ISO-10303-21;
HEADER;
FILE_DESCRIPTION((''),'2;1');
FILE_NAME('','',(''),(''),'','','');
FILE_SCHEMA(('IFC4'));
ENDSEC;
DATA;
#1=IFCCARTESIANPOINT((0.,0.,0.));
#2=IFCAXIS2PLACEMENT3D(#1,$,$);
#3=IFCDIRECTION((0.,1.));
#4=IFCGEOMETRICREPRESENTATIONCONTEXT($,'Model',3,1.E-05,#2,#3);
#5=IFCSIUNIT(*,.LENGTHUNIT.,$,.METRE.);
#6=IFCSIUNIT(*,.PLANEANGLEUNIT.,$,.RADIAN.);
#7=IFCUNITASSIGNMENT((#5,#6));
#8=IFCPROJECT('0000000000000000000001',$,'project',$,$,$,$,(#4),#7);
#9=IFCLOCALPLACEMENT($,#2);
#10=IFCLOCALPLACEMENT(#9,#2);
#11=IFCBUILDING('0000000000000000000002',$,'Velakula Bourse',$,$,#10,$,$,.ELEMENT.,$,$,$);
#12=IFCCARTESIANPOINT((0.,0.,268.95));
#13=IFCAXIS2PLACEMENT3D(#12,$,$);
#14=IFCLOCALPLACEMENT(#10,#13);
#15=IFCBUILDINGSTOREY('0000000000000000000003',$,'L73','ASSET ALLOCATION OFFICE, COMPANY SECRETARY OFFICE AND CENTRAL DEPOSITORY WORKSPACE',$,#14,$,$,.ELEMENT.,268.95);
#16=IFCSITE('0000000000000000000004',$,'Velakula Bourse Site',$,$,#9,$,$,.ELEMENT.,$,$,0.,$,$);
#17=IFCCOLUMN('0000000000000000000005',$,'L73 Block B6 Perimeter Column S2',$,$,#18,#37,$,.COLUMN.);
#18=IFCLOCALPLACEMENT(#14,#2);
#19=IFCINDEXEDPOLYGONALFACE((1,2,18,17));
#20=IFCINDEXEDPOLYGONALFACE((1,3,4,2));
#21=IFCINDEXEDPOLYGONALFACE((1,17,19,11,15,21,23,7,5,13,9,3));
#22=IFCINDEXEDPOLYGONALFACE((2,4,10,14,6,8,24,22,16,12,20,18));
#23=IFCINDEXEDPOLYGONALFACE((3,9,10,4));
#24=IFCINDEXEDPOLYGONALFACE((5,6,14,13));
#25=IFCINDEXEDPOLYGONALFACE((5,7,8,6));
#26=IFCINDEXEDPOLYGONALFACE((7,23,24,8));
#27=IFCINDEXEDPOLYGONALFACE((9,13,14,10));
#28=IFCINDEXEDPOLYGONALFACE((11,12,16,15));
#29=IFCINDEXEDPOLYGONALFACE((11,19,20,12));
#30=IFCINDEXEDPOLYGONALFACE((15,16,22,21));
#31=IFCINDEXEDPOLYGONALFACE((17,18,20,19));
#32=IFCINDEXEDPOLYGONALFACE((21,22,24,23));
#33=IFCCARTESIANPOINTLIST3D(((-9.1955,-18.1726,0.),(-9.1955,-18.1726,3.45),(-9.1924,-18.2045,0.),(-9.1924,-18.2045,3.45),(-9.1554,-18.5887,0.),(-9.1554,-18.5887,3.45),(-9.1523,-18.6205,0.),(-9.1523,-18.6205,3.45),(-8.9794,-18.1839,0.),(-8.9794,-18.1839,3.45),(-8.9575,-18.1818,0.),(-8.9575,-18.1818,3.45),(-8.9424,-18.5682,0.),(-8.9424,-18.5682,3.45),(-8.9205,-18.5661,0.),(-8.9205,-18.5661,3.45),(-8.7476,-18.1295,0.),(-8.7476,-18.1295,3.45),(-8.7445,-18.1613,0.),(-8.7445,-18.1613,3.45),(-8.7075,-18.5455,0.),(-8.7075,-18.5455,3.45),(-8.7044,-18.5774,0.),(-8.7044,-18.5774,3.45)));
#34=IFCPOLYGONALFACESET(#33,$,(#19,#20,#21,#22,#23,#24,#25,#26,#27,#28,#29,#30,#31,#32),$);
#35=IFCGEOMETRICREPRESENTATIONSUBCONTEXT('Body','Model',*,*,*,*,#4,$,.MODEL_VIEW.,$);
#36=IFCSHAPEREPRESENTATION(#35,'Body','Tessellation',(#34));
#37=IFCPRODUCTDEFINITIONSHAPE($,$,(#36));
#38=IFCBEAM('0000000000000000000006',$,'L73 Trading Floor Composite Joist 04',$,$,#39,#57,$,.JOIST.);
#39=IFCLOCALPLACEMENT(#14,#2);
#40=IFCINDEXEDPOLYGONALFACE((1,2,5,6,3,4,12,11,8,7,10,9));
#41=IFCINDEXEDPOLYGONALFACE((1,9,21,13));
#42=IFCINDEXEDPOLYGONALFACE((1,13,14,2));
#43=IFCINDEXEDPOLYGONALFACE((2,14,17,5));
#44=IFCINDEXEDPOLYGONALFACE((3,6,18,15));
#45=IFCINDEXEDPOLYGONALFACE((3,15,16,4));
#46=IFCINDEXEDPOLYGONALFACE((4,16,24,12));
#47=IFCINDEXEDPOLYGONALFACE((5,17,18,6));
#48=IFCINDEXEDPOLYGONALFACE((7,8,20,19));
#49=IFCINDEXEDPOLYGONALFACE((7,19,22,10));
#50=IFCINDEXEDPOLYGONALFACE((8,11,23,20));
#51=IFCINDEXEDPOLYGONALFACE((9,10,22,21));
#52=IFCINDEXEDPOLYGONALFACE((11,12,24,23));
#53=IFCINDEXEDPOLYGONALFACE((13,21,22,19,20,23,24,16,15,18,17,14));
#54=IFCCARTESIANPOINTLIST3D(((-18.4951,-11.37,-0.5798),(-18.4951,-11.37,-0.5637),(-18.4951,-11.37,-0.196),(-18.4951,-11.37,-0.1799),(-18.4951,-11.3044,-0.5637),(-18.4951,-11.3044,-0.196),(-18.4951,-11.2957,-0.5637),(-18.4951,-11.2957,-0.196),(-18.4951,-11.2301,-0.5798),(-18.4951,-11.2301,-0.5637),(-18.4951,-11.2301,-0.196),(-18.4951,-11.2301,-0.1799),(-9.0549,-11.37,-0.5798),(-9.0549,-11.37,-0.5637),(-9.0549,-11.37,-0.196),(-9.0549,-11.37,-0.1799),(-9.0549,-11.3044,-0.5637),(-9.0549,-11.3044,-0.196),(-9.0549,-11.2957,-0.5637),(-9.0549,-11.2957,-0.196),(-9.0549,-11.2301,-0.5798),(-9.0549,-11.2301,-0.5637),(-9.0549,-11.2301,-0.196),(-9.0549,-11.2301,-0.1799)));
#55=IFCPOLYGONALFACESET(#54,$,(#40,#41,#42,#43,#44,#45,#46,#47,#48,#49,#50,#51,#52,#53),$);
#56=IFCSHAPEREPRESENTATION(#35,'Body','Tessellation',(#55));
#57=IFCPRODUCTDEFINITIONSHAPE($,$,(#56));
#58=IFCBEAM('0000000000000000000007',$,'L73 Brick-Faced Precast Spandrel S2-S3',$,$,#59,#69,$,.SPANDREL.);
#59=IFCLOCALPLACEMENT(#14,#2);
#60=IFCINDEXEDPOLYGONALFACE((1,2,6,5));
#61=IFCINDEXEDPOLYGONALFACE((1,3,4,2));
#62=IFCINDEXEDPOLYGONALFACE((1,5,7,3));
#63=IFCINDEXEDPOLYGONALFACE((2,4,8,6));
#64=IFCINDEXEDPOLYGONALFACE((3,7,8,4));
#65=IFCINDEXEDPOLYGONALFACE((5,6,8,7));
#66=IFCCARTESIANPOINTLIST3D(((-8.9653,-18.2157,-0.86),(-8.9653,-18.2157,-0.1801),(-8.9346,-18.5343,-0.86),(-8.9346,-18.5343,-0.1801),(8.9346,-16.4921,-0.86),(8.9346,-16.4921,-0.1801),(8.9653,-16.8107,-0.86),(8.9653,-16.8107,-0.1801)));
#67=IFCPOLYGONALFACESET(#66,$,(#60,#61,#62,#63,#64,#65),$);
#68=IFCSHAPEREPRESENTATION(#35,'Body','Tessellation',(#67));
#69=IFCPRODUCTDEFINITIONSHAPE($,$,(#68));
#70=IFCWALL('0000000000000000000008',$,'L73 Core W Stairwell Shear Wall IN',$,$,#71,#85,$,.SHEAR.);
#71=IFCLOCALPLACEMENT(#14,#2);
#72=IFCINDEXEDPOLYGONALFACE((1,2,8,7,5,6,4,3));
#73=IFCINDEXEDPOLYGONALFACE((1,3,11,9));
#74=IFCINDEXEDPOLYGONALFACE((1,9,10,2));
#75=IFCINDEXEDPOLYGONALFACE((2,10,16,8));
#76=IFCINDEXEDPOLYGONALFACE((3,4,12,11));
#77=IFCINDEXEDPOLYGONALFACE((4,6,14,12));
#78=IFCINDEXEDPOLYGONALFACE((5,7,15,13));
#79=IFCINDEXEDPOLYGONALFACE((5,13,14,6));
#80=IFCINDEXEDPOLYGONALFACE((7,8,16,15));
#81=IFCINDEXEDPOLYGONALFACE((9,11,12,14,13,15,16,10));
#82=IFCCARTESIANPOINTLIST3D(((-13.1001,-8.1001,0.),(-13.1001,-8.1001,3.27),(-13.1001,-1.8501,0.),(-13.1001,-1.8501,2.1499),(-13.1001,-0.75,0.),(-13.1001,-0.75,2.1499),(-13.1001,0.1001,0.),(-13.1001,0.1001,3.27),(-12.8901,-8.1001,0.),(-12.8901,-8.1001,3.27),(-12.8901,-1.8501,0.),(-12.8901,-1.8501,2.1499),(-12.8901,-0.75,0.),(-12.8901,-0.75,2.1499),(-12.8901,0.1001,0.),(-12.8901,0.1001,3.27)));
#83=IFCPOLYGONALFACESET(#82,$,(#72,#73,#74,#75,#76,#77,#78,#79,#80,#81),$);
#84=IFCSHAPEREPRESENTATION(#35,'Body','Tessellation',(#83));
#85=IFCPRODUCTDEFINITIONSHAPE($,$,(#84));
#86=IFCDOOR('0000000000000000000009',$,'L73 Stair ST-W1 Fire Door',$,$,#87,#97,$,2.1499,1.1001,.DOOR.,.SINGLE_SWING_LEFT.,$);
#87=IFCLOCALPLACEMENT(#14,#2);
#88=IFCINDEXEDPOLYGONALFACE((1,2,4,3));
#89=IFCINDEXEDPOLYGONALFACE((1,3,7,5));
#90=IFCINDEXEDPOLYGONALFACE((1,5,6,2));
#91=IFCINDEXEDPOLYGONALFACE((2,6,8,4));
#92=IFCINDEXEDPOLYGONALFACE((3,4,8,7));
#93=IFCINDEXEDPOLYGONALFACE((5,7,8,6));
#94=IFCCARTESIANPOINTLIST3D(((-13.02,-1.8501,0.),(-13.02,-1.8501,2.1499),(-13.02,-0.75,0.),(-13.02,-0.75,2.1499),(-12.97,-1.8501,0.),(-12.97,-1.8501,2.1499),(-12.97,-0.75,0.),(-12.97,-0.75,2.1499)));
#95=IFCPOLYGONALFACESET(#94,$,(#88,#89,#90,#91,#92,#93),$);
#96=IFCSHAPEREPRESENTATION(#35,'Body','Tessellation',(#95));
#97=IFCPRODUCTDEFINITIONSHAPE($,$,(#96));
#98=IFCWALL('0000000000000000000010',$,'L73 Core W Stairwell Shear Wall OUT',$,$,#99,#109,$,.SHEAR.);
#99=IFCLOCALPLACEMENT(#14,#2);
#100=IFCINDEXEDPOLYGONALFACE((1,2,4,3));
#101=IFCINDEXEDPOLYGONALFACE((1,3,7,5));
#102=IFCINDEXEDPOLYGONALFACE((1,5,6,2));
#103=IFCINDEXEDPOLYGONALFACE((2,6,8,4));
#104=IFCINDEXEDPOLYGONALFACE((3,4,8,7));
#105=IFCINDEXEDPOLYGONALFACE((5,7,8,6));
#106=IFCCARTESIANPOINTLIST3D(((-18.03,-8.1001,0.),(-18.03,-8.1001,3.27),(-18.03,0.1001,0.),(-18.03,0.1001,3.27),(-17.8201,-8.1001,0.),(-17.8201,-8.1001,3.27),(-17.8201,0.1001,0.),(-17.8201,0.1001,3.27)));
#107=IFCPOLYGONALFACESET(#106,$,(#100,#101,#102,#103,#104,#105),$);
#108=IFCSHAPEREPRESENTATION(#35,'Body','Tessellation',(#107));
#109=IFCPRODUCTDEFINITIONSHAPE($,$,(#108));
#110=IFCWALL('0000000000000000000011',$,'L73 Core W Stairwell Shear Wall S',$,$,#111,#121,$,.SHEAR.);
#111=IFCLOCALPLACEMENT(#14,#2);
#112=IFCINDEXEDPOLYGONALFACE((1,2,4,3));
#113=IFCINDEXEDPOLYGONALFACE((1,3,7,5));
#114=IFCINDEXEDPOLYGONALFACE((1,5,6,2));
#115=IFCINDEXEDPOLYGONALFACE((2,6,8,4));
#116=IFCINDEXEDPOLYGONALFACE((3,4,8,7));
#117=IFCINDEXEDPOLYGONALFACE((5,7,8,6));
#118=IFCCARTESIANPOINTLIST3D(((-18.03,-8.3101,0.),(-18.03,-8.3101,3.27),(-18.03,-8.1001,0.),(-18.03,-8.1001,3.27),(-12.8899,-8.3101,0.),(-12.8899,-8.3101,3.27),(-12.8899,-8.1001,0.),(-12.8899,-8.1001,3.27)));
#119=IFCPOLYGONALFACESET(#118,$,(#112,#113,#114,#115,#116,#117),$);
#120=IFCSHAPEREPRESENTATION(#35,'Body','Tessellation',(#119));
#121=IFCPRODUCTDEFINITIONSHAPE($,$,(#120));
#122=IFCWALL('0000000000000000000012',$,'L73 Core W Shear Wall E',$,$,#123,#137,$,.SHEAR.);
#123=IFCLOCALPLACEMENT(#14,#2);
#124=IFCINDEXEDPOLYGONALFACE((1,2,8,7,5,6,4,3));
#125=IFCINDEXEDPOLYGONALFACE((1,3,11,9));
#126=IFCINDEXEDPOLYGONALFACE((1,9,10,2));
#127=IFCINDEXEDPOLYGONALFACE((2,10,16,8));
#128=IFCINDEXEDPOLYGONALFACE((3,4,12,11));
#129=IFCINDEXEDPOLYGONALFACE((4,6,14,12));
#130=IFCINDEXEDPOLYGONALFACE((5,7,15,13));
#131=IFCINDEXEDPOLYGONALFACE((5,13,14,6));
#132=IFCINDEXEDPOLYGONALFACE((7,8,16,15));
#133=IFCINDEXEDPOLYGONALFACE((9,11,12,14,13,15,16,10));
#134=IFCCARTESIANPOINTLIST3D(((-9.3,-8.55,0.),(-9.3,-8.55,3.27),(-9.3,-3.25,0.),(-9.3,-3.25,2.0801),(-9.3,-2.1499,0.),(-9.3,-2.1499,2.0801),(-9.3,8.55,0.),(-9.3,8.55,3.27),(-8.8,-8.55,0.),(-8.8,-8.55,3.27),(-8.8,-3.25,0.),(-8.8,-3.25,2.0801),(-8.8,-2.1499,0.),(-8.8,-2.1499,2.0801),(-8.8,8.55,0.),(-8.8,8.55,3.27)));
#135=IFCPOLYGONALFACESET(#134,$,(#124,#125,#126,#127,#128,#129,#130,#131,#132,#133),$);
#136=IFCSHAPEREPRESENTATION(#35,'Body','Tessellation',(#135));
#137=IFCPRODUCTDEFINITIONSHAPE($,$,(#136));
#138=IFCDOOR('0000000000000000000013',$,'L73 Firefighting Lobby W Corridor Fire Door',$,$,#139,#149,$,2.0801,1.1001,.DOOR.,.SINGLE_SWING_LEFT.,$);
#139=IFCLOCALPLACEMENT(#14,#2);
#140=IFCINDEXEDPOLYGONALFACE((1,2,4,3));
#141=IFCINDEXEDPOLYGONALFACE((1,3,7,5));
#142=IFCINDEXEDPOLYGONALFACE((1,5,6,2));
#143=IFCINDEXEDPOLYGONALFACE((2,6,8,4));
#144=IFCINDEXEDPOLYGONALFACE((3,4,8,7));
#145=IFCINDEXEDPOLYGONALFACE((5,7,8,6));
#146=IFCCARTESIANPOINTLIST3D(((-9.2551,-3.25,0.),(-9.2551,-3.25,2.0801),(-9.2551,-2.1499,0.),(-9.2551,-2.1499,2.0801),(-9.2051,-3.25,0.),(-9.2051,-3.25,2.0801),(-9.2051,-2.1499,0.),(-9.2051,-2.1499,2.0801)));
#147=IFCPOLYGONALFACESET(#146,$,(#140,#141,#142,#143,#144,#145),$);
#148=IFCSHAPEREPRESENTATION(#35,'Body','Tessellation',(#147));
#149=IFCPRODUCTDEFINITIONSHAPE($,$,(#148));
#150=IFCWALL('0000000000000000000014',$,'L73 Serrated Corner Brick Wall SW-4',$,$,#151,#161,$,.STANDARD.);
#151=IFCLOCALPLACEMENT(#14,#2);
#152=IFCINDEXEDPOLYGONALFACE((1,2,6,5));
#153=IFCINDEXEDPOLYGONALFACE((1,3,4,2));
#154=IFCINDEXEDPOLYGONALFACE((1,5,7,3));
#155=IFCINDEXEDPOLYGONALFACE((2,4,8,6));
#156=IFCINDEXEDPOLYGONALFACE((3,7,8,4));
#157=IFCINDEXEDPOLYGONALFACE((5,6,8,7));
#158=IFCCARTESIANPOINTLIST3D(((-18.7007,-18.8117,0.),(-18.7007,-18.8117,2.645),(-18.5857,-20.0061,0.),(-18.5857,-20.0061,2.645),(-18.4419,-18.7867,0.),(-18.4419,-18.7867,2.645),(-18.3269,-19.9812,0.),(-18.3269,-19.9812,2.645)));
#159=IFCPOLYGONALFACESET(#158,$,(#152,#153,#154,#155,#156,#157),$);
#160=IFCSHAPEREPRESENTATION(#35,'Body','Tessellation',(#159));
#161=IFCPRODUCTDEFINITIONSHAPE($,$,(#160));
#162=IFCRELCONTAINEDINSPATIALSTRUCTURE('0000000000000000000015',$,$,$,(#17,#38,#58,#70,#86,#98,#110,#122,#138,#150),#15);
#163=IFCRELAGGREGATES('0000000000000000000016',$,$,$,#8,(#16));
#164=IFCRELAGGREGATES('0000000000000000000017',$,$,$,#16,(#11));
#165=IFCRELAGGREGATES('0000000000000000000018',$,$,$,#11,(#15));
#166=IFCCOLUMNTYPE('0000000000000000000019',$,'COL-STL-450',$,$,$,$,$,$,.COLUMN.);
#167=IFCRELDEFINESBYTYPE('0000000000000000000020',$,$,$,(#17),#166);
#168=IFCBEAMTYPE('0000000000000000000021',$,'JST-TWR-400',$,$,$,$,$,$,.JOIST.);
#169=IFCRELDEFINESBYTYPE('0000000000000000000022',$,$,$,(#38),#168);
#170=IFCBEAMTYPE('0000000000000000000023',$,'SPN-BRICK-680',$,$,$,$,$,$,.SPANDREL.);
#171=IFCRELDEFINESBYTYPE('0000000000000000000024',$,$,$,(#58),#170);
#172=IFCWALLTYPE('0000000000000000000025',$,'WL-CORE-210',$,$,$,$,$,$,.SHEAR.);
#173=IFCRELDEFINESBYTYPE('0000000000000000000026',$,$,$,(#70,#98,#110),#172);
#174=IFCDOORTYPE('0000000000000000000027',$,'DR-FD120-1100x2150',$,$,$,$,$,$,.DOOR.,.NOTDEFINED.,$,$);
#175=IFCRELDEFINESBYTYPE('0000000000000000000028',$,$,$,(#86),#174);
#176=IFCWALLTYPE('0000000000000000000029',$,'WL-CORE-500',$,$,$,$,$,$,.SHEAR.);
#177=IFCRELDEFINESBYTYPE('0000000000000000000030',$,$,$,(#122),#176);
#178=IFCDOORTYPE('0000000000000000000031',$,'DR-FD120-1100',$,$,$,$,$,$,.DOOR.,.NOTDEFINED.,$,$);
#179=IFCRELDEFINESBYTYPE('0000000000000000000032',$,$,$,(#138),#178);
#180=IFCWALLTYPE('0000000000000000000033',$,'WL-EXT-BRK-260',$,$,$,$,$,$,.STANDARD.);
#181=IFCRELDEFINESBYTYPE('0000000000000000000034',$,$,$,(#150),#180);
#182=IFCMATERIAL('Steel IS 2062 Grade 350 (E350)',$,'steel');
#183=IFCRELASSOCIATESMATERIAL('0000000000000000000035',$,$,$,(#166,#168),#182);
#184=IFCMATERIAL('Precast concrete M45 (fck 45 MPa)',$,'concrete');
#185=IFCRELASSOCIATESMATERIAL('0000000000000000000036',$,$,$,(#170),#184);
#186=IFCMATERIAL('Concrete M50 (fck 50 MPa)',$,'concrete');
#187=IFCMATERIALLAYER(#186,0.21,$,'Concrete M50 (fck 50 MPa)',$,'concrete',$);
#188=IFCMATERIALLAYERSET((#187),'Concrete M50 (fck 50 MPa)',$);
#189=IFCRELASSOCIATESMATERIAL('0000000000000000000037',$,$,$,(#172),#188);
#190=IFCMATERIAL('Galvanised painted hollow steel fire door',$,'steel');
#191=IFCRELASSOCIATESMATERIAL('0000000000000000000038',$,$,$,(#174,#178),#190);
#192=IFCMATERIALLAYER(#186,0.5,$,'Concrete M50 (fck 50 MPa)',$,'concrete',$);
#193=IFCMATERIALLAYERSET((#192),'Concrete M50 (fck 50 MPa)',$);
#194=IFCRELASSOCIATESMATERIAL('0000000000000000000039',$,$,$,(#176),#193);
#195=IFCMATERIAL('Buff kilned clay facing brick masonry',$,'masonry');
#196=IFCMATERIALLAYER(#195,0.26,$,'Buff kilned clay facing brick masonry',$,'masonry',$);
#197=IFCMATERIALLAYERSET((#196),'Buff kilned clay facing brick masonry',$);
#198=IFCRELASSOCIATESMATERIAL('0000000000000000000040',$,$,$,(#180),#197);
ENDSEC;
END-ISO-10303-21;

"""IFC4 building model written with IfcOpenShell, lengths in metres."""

from ifc_helpers import new_model, si_unit, direction, frame, frame_2d, origin, origin_2d, place, context, subcontext, project, spatial, rectangle, i_section, extrude, material, layer, layer_set, material_profile, profile_set, type_object, element, fill, save


model = new_model("IFC4")

# Units and contexts
model_context = context("Model", 3, precision=1e-05, world=origin(), true_north=direction((0.0, 1.0)))
body_context = subcontext(model_context, "Body", "Model", "MODEL_VIEW")
ifc_project = project(units=[si_unit("LENGTHUNIT", "METRE"), si_unit("PLANEANGLEUNIT", "RADIAN")], contexts=[model_context])

# Site, building, storey
site_placement = place(None, origin())
site = spatial("IfcSite", under=ifc_project, at=site_placement, Name="Velakula Bourse Site", CompositionType="ELEMENT", RefElevation=0.0)
building_placement = place(site_placement, origin())
building = spatial("IfcBuilding", under=site, at=building_placement, Name="Velakula Bourse", CompositionType="ELEMENT")
storey_placement = place(building_placement, frame((0.0, 0.0, 268.95)))
storey = spatial("IfcBuildingStorey", under=building, at=storey_placement, Name="L73", Description="ASSET ALLOCATION OFFICE, COMPANY SECRETARY OFFICE AND CENTRAL DEPOSITORY WORKSPACE", CompositionType="ELEMENT", Elevation=268.95)

# Column
ifc_material_1 = material(Name="Steel IS 2062 Grade 350 (E350)", Category="steel")
ifc_material_profile_1 = material_profile(ifc_material_1, i_section(OverallWidth=0.45, OverallDepth=0.45, WebThickness=0.022, FlangeThickness=0.032, at=origin_2d()), Name="Steel IS 2062 Grade 350 (E350)")
ifc_profile_set_1 = profile_set([ifc_material_profile_1], Name="Steel IS 2062 Grade 350 (E350)")
column_type = type_object("IfcColumnType", Name="COL-STL-450", PredefinedType="COLUMN", material=ifc_profile_set_1)
column_placement = place(storey_placement, frame((-8.95, -18.375, 0.0), z_axis=(0.0, 0.0, 1.0), x_axis=(0.995396, 0.095846, 0.0)))
element("IfcColumn", 1, at=column_placement, inside=storey, type_object=column_type, Name="L73 Block B6 Perimeter Column S2", PredefinedType="COLUMN", context=body_context, shape_type="SweptSolid", body=[
    extrude(i_section(OverallWidth=0.45, OverallDepth=0.45, WebThickness=0.022, FlangeThickness=0.032, at=origin_2d()), origin(), (0.0, 0.0, 1.0), 3.45),
])

# Beams
ifc_material_profile_2 = material_profile(ifc_material_1, i_section(OverallWidth=0.1399, OverallDepth=0.3999, WebThickness=0.0088, FlangeThickness=0.0161, at=origin_2d()), Name="Steel IS 2062 Grade 350 (E350)")
ifc_profile_set_2 = profile_set([ifc_material_profile_2], Name="Steel IS 2062 Grade 350 (E350)")
beam_type_1 = type_object("IfcBeamType", Name="JST-TWR-400", PredefinedType="JOIST", material=ifc_profile_set_2)
beam_1_placement = place(storey_placement, frame((-18.4951, -11.3, -0.3799), z_axis=(1.0, 0.0, 0.0), x_axis=(0.0, 1.0, 0.0)))
element("IfcBeam", 2, at=beam_1_placement, inside=storey, type_object=beam_type_1, Name="L73 Trading Floor Composite Joist 04", PredefinedType="JOIST", context=body_context, shape_type="SweptSolid", body=[
    extrude(i_section(OverallWidth=0.1399, OverallDepth=0.3999, WebThickness=0.0088, FlangeThickness=0.0161, at=origin_2d()), origin(), (0.0, 0.0, 1.0), 9.4402),
])
ifc_material_2 = material(Name="Precast concrete M45 (fck 45 MPa)", Category="concrete")
ifc_material_profile_3 = material_profile(ifc_material_2, rectangle(XDim=0.3201, YDim=0.6799, at=origin_2d()), Name="Precast concrete M45 (fck 45 MPa)")
ifc_profile_set_3 = profile_set([ifc_material_profile_3], Name="Precast concrete M45 (fck 45 MPa)")
beam_type_2 = type_object("IfcBeamType", Name="SPN-BRICK-680", PredefinedType="SPANDREL", material=ifc_profile_set_3)
beam_2_placement = place(storey_placement, frame((-8.95, -18.375, -0.52), z_axis=(0.995396, 0.09585, 0.0), x_axis=(-0.09585, 0.995396, 0.0)))
element("IfcBeam", 3, at=beam_2_placement, inside=storey, type_object=beam_type_2, Name="L73 Brick-Faced Precast Spandrel S2-S3", PredefinedType="SPANDREL", context=body_context, shape_type="SweptSolid", body=[
    extrude(rectangle(XDim=0.3201, YDim=0.6799, at=origin_2d()), origin(), (0.0, 0.0, 1.0), 17.9827),
])

# Wall, opening, door
ifc_material_3 = material(Name="Concrete M50 (fck 50 MPa)", Category="concrete")
ifc_layer_1 = layer(ifc_material_3, 0.21, Name="Concrete M50 (fck 50 MPa)", Category="concrete")
ifc_layer_set_1 = layer_set([ifc_layer_1], Name="Concrete M50 (fck 50 MPa)")
wall_type_1 = type_object("IfcWallType", Name="WL-CORE-210", PredefinedType="SHEAR", material=ifc_layer_set_1)
wall_1_placement = place(storey_placement, frame((-12.9951, -8.1001, 0.0), z_axis=(0.0, 0.0, 1.0), x_axis=(0.0, 1.0, 0.0)))
wall_1 = element("IfcWall", 4, at=wall_1_placement, inside=storey, type_object=wall_type_1, Name="L73 Core W Stairwell Shear Wall IN", PredefinedType="SHEAR", context=body_context, shape_type="SweptSolid", body=[
    extrude(rectangle(XDim=8.2002, YDim=0.21, at=frame_2d((4.1001, 0.0))), origin(), (0.0, 0.0, 1.0), 3.27),
])
opening_1_placement = place(wall_1_placement, frame((6.25, 0.0, 0.0)))
opening_1 = element("IfcOpeningElement", 5, at=opening_1_placement, cuts=wall_1, PredefinedType="OPENING", context=body_context, shape_type="SweptSolid", body=[
    extrude(rectangle(XDim=1.1001, YDim=2.1499, at=frame_2d((0.55, 1.075))), frame((0.0, 0.115, 0.0), z_axis=(0.0, -1.0, 0.0), x_axis=(1.0, 0.0, 0.0)), (0.0, 0.0, 1.0), 0.23),
])
ifc_material_4 = material(Name="Galvanised painted hollow steel fire door", Category="steel")
door_type_1 = type_object("IfcDoorType", Name="DR-FD120-1100x2150", OperationType="NOTDEFINED", PredefinedType="DOOR", material=ifc_material_4)
door_1_placement = place(opening_1_placement, origin())
door_1 = element("IfcDoor", 6, at=door_1_placement, inside=storey, type_object=door_type_1, Name="L73 Stair ST-W1 Fire Door", OperationType="SINGLE_SWING_LEFT", OverallHeight=2.1499, OverallWidth=1.1001, PredefinedType="DOOR", context=body_context, shape_type="SweptSolid", body=[
    extrude(rectangle(XDim=1.1001, YDim=2.1499, at=frame_2d((0.55, 1.075))), frame((0.0, 0.0249, 0.0), z_axis=(0.0, -1.0, 0.0), x_axis=(1.0, 0.0, 0.0)), (0.0, 0.0, 1.0), 0.05),
])
fill(opening_1, door_1)

# Walls
wall_2_placement = place(storey_placement, frame((-17.925, -8.1001, 0.0), z_axis=(0.0, 0.0, 1.0), x_axis=(0.0, 1.0, 0.0)))
element("IfcWall", 7, at=wall_2_placement, inside=storey, type_object=wall_type_1, Name="L73 Core W Stairwell Shear Wall OUT", PredefinedType="SHEAR", context=body_context, shape_type="SweptSolid", body=[
    extrude(rectangle(XDim=8.2002, YDim=0.21, at=frame_2d((4.1001, 0.0))), origin(), (0.0, 0.0, 1.0), 3.27),
])
wall_3_placement = place(storey_placement, frame((-18.03, -8.2051, 0.0), z_axis=(0.0, 0.0, 1.0), x_axis=(1.0, 0.0, 0.0)))
element("IfcWall", 8, at=wall_3_placement, inside=storey, type_object=wall_type_1, Name="L73 Core W Stairwell Shear Wall S", PredefinedType="SHEAR", context=body_context, shape_type="SweptSolid", body=[
    extrude(rectangle(XDim=5.1401, YDim=0.21, at=frame_2d((2.5701, 0.0))), origin(), (0.0, 0.0, 1.0), 3.27),
])

# Wall, opening, door
ifc_layer_2 = layer(ifc_material_3, 0.5, Name="Concrete M50 (fck 50 MPa)", Category="concrete")
ifc_layer_set_2 = layer_set([ifc_layer_2], Name="Concrete M50 (fck 50 MPa)")
wall_type_2 = type_object("IfcWallType", Name="WL-CORE-500", PredefinedType="SHEAR", material=ifc_layer_set_2)
wall_4_placement = place(storey_placement, frame((-9.05, -8.55, 0.0), z_axis=(0.0, 0.0, 1.0), x_axis=(0.0, 1.0, 0.0)))
wall_4 = element("IfcWall", 9, at=wall_4_placement, inside=storey, type_object=wall_type_2, Name="L73 Core W Shear Wall E", PredefinedType="SHEAR", context=body_context, shape_type="SweptSolid", body=[
    extrude(rectangle(XDim=17.1001, YDim=0.5, at=frame_2d((8.55, 0.0))), origin(), (0.0, 0.0, 1.0), 3.27),
])
opening_2_placement = place(wall_4_placement, frame((5.3, 0.0, 0.0)))
opening_2 = element("IfcOpeningElement", 10, at=opening_2_placement, cuts=wall_4, PredefinedType="OPENING", context=body_context, shape_type="SweptSolid", body=[
    extrude(rectangle(XDim=1.1001, YDim=2.0801, at=frame_2d((0.55, 1.04))), frame((0.0, 0.26, 0.0), z_axis=(0.0, -1.0, 0.0), x_axis=(1.0, 0.0, 0.0)), (0.0, 0.0, 1.0), 0.52),
])
door_type_2 = type_object("IfcDoorType", Name="DR-FD120-1100", OperationType="NOTDEFINED", PredefinedType="DOOR", material=ifc_material_4)
door_2_placement = place(opening_2_placement, origin())
door_2 = element("IfcDoor", 11, at=door_2_placement, inside=storey, type_object=door_type_2, Name="L73 Firefighting Lobby W Corridor Fire Door", OperationType="SINGLE_SWING_LEFT", OverallHeight=2.0801, OverallWidth=1.1001, PredefinedType="DOOR", context=body_context, shape_type="SweptSolid", body=[
    extrude(rectangle(XDim=1.1001, YDim=2.0801, at=frame_2d((0.55, 1.04))), frame((0.0, 0.2051, 0.0), z_axis=(0.0, -1.0, 0.0), x_axis=(1.0, 0.0, 0.0)), (0.0, 0.0, 1.0), 0.05),
])
fill(opening_2, door_2)

# Wall
ifc_material_5 = material(Name="Buff kilned clay facing brick masonry", Category="masonry")
ifc_layer_3 = layer(ifc_material_5, 0.26, Name="Buff kilned clay facing brick masonry", Category="masonry")
ifc_layer_set_3 = layer_set([ifc_layer_3], Name="Buff kilned clay facing brick masonry")
wall_type_3 = type_object("IfcWallType", Name="WL-EXT-BRK-260", PredefinedType="STANDARD", material=ifc_layer_set_3)
wall_5_placement = place(storey_placement, frame((-18.5713, -18.7991, 0.0), z_axis=(0.0, 0.0, 1.0), x_axis=(0.095836, -0.995397, 0.0)))
element("IfcWall", 12, at=wall_5_placement, inside=storey, type_object=wall_type_3, Name="L73 Serrated Corner Brick Wall SW-4", PredefinedType="STANDARD", context=body_context, shape_type="SweptSolid", body=[
    extrude(rectangle(XDim=1.2, YDim=0.26, at=frame_2d((0.6001, 0.0))), origin(), (0.0, 0.0, 1.0), 2.645),
])

save(model, "model.ifc")
